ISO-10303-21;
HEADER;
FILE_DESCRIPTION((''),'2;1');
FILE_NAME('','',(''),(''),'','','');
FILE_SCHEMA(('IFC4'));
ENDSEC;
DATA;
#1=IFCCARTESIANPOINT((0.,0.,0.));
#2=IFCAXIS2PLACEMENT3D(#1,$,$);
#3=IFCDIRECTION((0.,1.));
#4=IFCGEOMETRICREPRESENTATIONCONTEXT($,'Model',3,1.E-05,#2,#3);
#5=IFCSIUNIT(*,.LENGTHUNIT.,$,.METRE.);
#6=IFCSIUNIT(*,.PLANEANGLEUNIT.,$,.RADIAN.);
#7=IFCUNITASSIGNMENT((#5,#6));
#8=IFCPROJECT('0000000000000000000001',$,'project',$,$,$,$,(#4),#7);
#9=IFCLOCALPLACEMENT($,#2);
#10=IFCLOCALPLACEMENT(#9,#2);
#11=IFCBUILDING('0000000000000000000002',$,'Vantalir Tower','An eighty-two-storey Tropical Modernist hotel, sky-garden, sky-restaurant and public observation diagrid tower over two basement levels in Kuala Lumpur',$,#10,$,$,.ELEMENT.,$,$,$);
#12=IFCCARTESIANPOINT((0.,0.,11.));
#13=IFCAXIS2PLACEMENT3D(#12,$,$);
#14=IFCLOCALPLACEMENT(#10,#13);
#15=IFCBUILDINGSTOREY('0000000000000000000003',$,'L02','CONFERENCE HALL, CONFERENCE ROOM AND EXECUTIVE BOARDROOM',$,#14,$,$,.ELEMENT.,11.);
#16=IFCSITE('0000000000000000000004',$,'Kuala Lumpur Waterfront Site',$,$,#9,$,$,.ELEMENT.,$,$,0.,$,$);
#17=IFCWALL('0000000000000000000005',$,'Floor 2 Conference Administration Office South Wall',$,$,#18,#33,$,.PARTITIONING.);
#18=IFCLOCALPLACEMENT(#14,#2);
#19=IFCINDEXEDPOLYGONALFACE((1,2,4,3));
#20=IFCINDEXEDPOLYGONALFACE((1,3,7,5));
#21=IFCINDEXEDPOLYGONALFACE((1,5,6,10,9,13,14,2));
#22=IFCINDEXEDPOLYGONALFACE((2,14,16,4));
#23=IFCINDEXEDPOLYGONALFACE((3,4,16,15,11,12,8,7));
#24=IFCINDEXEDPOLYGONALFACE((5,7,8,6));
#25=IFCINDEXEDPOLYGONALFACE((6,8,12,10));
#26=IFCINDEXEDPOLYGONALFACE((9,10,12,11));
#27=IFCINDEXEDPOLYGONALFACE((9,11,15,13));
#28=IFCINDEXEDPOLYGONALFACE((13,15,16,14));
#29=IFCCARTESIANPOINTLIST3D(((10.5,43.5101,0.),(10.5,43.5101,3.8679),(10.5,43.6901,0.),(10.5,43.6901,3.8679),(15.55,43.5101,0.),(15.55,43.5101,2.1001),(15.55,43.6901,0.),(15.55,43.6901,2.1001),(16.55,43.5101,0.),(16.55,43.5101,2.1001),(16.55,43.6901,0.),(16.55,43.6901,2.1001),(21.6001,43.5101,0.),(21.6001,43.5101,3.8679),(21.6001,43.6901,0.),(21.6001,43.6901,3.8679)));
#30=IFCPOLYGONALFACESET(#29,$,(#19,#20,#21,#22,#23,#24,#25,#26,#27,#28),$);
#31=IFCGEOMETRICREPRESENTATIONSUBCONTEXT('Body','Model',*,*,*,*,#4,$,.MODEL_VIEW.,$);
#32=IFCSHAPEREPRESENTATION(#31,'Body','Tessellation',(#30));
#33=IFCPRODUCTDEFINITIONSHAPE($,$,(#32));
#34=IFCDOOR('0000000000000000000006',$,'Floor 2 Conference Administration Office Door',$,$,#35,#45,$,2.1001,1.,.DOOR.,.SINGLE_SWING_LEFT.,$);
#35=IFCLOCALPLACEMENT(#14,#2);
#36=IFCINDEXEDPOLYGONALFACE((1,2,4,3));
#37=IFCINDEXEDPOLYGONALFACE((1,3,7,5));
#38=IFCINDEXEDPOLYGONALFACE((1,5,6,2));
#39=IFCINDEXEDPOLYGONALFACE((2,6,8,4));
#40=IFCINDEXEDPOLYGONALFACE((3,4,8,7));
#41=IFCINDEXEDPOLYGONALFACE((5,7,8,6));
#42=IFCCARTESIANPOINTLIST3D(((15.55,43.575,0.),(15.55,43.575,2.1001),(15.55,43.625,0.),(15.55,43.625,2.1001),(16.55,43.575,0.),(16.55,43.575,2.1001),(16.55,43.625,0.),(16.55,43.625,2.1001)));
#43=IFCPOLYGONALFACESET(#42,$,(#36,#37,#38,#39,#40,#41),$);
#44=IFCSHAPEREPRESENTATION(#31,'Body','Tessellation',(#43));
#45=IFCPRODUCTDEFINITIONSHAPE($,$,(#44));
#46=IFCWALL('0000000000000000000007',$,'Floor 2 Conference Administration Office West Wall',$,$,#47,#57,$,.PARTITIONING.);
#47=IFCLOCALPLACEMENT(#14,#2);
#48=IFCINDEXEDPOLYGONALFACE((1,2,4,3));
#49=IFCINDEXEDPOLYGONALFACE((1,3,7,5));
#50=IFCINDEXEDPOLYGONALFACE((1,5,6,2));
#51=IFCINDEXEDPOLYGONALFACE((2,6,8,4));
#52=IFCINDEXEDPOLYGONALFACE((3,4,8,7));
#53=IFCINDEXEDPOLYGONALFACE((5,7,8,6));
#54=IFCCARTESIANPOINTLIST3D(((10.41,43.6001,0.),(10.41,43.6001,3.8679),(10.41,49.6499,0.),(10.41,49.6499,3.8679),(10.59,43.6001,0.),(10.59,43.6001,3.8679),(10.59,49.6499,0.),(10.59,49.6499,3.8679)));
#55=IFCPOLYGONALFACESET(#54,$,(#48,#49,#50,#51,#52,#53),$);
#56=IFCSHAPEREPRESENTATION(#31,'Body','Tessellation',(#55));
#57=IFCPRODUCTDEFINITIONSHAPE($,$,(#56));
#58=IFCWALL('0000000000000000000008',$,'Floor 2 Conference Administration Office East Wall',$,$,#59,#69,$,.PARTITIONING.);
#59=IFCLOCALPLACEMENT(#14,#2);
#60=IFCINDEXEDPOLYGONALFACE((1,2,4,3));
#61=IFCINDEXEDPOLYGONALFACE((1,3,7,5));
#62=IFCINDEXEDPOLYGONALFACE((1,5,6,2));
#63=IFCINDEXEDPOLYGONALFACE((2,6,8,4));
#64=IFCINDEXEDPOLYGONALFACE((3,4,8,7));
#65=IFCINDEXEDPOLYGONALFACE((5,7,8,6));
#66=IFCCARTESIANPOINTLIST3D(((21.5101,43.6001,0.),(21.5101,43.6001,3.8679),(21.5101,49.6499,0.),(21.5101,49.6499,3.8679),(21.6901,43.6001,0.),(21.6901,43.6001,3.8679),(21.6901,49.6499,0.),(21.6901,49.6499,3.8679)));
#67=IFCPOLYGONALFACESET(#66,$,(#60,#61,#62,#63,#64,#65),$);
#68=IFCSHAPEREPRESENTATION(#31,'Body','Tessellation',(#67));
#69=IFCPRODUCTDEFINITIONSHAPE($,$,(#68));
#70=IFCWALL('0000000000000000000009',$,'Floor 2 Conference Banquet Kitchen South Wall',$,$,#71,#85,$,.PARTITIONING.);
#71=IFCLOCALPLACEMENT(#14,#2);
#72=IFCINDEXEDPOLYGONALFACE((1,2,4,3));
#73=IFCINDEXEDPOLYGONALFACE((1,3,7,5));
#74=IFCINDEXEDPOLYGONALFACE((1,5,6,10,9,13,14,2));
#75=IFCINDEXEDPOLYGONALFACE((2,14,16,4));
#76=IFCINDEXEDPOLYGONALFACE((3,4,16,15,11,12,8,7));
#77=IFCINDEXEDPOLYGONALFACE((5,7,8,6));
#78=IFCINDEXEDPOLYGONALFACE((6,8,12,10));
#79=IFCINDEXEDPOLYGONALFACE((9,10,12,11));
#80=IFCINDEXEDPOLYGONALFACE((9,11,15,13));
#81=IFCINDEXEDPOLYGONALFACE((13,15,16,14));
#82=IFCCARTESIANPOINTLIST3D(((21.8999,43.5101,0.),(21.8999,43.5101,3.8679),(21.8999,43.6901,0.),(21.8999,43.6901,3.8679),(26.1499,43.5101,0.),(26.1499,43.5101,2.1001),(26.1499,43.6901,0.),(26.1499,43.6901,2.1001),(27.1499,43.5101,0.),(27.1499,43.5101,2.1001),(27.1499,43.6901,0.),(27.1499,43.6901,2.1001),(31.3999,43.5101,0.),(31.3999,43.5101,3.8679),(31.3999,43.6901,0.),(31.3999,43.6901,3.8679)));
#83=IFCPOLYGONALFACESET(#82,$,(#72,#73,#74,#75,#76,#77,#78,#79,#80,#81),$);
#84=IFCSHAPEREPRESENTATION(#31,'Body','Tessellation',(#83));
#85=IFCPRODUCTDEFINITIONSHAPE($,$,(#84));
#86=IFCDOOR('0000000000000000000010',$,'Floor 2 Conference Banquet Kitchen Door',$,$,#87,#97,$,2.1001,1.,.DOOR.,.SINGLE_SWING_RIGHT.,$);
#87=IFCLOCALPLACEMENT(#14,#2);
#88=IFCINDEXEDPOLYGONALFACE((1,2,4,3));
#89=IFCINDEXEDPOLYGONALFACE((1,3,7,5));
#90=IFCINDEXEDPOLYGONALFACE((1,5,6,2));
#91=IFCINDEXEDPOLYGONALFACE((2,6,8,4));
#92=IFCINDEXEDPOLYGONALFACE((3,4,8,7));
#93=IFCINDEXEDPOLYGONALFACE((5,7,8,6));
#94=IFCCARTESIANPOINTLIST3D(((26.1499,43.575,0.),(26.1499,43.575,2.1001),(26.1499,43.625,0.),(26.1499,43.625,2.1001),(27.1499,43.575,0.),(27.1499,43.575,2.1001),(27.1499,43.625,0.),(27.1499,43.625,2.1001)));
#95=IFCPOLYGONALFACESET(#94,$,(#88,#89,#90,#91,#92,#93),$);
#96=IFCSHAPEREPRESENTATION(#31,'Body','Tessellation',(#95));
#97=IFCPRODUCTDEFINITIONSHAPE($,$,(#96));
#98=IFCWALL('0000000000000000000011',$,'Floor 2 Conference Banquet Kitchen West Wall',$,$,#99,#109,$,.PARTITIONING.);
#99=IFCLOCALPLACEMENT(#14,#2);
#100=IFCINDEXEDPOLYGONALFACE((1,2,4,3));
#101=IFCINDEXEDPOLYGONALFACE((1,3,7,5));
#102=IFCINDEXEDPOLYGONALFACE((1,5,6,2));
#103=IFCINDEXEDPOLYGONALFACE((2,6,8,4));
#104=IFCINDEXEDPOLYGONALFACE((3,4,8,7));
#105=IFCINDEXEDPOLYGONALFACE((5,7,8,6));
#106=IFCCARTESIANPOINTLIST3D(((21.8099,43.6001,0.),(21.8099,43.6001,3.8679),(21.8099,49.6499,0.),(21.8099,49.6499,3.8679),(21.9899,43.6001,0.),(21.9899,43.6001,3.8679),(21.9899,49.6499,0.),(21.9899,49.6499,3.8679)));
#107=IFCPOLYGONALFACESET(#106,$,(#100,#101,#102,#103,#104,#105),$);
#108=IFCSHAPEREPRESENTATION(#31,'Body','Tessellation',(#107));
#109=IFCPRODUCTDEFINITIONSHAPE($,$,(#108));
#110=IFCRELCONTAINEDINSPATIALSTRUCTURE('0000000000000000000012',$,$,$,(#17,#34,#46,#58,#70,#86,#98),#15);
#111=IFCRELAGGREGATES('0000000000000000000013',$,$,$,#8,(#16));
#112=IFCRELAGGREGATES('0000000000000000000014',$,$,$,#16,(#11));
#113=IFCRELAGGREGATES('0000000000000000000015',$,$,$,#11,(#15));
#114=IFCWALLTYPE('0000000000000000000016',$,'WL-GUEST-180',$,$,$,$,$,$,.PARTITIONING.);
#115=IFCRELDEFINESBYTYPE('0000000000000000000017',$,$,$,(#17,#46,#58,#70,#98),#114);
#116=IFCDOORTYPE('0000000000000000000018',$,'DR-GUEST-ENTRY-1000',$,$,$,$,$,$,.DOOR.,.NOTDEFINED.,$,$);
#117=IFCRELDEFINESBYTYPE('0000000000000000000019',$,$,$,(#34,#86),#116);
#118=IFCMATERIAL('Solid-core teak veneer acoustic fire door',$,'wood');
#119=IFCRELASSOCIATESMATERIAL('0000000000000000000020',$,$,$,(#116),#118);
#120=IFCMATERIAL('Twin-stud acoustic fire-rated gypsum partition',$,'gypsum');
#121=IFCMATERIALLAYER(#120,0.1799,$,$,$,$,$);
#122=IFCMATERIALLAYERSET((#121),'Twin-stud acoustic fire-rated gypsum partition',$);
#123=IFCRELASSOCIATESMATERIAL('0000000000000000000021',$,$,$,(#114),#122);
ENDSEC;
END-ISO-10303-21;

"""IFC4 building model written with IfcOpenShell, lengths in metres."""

from ifc_helpers import new_model, si_unit, direction, frame, frame_2d, origin, place, context, subcontext, project, spatial, rectangle, extrude, material, layer, layer_set, type_object, element, fill, save


model = new_model("IFC4")

# Units and contexts
model_context = context("Model", 3, precision=1e-05, world=origin(), true_north=direction((0.0, 1.0)))
body_context = subcontext(model_context, "Body", "Model", "MODEL_VIEW")
ifc_project = project(units=[si_unit("LENGTHUNIT", "METRE"), si_unit("PLANEANGLEUNIT", "RADIAN")], contexts=[model_context])

# Site, building, storey
site_placement = place(None, origin())
site = spatial("IfcSite", under=ifc_project, at=site_placement, Name="Kuala Lumpur Waterfront Site", CompositionType="ELEMENT", RefElevation=0.0)
building_placement = place(site_placement, origin())
building = spatial("IfcBuilding", under=site, at=building_placement, Name="Vantalir Tower", Description="An eighty-two-storey Tropical Modernist hotel, sky-garden, sky-restaurant and public observation diagrid tower over two basement levels in Kuala Lumpur", CompositionType="ELEMENT")
storey_placement = place(building_placement, frame((0.0, 0.0, 11.0)))
storey = spatial("IfcBuildingStorey", under=building, at=storey_placement, Name="L02", Description="CONFERENCE HALL, CONFERENCE ROOM AND EXECUTIVE BOARDROOM", CompositionType="ELEMENT", Elevation=11.0)

# Shared definitions
ifc_material_1 = material(Name="Solid-core teak veneer acoustic fire door", Category="wood")
door_type_1 = type_object("IfcDoorType", Name="DR-GUEST-ENTRY-1000", OperationType="NOTDEFINED", PredefinedType="DOOR", material=ifc_material_1)

# Wall, opening, door
ifc_material_2 = material(Name="Twin-stud acoustic fire-rated gypsum partition", Category="gypsum")
ifc_layer_1 = layer(ifc_material_2, 0.1799)
ifc_layer_set_1 = layer_set([ifc_layer_1], Name="Twin-stud acoustic fire-rated gypsum partition")
wall_type_1 = type_object("IfcWallType", Name="WL-GUEST-180", PredefinedType="PARTITIONING", material=ifc_layer_set_1)
wall_1_placement = place(storey_placement, frame((10.5, 43.6001, 0.0), z_axis=(0.0, 0.0, 1.0), x_axis=(1.0, 0.0, 0.0)))
wall_1 = element("IfcWall", 1, at=wall_1_placement, inside=storey, type_object=wall_type_1, Name="Floor 2 Conference Administration Office South Wall", PredefinedType="PARTITIONING", context=body_context, shape_type="SweptSolid", body=[
    extrude(rectangle(XDim=11.1001, YDim=0.1799, at=frame_2d((5.55, 0.0))), origin(), (0.0, 0.0, 1.0), 3.8679),
])
opening_1_placement = place(wall_1_placement, frame((5.05, 0.0, 0.0)))
opening_1 = element("IfcOpeningElement", 2, at=opening_1_placement, cuts=wall_1, PredefinedType="OPENING", context=body_context, shape_type="SweptSolid", body=[
    extrude(rectangle(XDim=1.0, YDim=2.1001, at=frame_2d((0.5, 1.05))), frame((0.0, 0.0999, 0.0), z_axis=(0.0, -1.0, 0.0), x_axis=(1.0, 0.0, 0.0)), (0.0, 0.0, 1.0), 0.2),
])
door_1_placement = place(opening_1_placement, origin())
door_1 = element("IfcDoor", 3, at=door_1_placement, inside=storey, type_object=door_type_1, Name="Floor 2 Conference Administration Office Door", OperationType="SINGLE_SWING_LEFT", OverallHeight=2.1001, OverallWidth=1.0, PredefinedType="DOOR", context=body_context, shape_type="SweptSolid", body=[
    extrude(rectangle(XDim=1.0, YDim=2.1001, at=frame_2d((0.5, 1.05))), frame((0.0, 0.0249, 0.0), z_axis=(0.0, -1.0, 0.0), x_axis=(1.0, 0.0, 0.0)), (0.0, 0.0, 1.0), 0.05),
])
fill(opening_1, door_1)

# Walls
for number, where, z_axis, x_axis, name in (
    (4, (10.5, 43.6001, 0.0), (0.0, 0.0, 1.0), (0.0, 1.0, 0.0), "Floor 2 Conference Administration Office West Wall"),
    (5, (21.6001, 43.6001, 0.0), (0.0, 0.0, 1.0), (0.0, 1.0, 0.0), "Floor 2 Conference Administration Office East Wall"),
):
    element("IfcWall", number, at=place(storey_placement, frame(where, z_axis=z_axis, x_axis=x_axis)), inside=storey, type_object=wall_type_1, Name=name, PredefinedType="PARTITIONING", context=body_context, shape_type="SweptSolid", body=[
        extrude(rectangle(XDim=6.0498, YDim=0.1799, at=frame_2d((3.0249, 0.0))), origin(), (0.0, 0.0, 1.0), 3.8679),
    ])

# Wall, opening, door
wall_2_placement = place(storey_placement, frame((21.8999, 43.6001, 0.0), z_axis=(0.0, 0.0, 1.0), x_axis=(1.0, 0.0, 0.0)))
wall_2 = element("IfcWall", 6, at=wall_2_placement, inside=storey, type_object=wall_type_1, Name="Floor 2 Conference Banquet Kitchen South Wall", PredefinedType="PARTITIONING", context=body_context, shape_type="SweptSolid", body=[
    extrude(rectangle(XDim=9.5, YDim=0.1799, at=frame_2d((4.75, 0.0))), origin(), (0.0, 0.0, 1.0), 3.8679),
])
opening_2_placement = place(wall_2_placement, frame((4.25, 0.0, 0.0)))
opening_2 = element("IfcOpeningElement", 7, at=opening_2_placement, cuts=wall_2, PredefinedType="OPENING", context=body_context, shape_type="SweptSolid", body=[
    extrude(rectangle(XDim=1.0, YDim=2.1001, at=frame_2d((0.5, 1.05))), frame((0.0, 0.0999, 0.0), z_axis=(0.0, -1.0, 0.0), x_axis=(1.0, 0.0, 0.0)), (0.0, 0.0, 1.0), 0.2),
])
door_2_placement = place(opening_2_placement, origin())
door_2 = element("IfcDoor", 8, at=door_2_placement, inside=storey, type_object=door_type_1, Name="Floor 2 Conference Banquet Kitchen Door", OperationType="SINGLE_SWING_RIGHT", OverallHeight=2.1001, OverallWidth=1.0, PredefinedType="DOOR", context=body_context, shape_type="SweptSolid", body=[
    extrude(rectangle(XDim=1.0, YDim=2.1001, at=frame_2d((0.5, 1.05))), frame((0.0, 0.0249, 0.0), z_axis=(0.0, -1.0, 0.0), x_axis=(1.0, 0.0, 0.0)), (0.0, 0.0, 1.0), 0.05),
])
fill(opening_2, door_2)

# Wall
wall_3_placement = place(storey_placement, frame((21.8999, 43.6001, 0.0), z_axis=(0.0, 0.0, 1.0), x_axis=(0.0, 1.0, 0.0)))
element("IfcWall", 9, at=wall_3_placement, inside=storey, type_object=wall_type_1, Name="Floor 2 Conference Banquet Kitchen West Wall", PredefinedType="PARTITIONING", context=body_context, shape_type="SweptSolid", body=[
    extrude(rectangle(XDim=6.0498, YDim=0.1799, at=frame_2d((3.0249, 0.0))), origin(), (0.0, 0.0, 1.0), 3.8679),
])

save(model, "model.ifc")
